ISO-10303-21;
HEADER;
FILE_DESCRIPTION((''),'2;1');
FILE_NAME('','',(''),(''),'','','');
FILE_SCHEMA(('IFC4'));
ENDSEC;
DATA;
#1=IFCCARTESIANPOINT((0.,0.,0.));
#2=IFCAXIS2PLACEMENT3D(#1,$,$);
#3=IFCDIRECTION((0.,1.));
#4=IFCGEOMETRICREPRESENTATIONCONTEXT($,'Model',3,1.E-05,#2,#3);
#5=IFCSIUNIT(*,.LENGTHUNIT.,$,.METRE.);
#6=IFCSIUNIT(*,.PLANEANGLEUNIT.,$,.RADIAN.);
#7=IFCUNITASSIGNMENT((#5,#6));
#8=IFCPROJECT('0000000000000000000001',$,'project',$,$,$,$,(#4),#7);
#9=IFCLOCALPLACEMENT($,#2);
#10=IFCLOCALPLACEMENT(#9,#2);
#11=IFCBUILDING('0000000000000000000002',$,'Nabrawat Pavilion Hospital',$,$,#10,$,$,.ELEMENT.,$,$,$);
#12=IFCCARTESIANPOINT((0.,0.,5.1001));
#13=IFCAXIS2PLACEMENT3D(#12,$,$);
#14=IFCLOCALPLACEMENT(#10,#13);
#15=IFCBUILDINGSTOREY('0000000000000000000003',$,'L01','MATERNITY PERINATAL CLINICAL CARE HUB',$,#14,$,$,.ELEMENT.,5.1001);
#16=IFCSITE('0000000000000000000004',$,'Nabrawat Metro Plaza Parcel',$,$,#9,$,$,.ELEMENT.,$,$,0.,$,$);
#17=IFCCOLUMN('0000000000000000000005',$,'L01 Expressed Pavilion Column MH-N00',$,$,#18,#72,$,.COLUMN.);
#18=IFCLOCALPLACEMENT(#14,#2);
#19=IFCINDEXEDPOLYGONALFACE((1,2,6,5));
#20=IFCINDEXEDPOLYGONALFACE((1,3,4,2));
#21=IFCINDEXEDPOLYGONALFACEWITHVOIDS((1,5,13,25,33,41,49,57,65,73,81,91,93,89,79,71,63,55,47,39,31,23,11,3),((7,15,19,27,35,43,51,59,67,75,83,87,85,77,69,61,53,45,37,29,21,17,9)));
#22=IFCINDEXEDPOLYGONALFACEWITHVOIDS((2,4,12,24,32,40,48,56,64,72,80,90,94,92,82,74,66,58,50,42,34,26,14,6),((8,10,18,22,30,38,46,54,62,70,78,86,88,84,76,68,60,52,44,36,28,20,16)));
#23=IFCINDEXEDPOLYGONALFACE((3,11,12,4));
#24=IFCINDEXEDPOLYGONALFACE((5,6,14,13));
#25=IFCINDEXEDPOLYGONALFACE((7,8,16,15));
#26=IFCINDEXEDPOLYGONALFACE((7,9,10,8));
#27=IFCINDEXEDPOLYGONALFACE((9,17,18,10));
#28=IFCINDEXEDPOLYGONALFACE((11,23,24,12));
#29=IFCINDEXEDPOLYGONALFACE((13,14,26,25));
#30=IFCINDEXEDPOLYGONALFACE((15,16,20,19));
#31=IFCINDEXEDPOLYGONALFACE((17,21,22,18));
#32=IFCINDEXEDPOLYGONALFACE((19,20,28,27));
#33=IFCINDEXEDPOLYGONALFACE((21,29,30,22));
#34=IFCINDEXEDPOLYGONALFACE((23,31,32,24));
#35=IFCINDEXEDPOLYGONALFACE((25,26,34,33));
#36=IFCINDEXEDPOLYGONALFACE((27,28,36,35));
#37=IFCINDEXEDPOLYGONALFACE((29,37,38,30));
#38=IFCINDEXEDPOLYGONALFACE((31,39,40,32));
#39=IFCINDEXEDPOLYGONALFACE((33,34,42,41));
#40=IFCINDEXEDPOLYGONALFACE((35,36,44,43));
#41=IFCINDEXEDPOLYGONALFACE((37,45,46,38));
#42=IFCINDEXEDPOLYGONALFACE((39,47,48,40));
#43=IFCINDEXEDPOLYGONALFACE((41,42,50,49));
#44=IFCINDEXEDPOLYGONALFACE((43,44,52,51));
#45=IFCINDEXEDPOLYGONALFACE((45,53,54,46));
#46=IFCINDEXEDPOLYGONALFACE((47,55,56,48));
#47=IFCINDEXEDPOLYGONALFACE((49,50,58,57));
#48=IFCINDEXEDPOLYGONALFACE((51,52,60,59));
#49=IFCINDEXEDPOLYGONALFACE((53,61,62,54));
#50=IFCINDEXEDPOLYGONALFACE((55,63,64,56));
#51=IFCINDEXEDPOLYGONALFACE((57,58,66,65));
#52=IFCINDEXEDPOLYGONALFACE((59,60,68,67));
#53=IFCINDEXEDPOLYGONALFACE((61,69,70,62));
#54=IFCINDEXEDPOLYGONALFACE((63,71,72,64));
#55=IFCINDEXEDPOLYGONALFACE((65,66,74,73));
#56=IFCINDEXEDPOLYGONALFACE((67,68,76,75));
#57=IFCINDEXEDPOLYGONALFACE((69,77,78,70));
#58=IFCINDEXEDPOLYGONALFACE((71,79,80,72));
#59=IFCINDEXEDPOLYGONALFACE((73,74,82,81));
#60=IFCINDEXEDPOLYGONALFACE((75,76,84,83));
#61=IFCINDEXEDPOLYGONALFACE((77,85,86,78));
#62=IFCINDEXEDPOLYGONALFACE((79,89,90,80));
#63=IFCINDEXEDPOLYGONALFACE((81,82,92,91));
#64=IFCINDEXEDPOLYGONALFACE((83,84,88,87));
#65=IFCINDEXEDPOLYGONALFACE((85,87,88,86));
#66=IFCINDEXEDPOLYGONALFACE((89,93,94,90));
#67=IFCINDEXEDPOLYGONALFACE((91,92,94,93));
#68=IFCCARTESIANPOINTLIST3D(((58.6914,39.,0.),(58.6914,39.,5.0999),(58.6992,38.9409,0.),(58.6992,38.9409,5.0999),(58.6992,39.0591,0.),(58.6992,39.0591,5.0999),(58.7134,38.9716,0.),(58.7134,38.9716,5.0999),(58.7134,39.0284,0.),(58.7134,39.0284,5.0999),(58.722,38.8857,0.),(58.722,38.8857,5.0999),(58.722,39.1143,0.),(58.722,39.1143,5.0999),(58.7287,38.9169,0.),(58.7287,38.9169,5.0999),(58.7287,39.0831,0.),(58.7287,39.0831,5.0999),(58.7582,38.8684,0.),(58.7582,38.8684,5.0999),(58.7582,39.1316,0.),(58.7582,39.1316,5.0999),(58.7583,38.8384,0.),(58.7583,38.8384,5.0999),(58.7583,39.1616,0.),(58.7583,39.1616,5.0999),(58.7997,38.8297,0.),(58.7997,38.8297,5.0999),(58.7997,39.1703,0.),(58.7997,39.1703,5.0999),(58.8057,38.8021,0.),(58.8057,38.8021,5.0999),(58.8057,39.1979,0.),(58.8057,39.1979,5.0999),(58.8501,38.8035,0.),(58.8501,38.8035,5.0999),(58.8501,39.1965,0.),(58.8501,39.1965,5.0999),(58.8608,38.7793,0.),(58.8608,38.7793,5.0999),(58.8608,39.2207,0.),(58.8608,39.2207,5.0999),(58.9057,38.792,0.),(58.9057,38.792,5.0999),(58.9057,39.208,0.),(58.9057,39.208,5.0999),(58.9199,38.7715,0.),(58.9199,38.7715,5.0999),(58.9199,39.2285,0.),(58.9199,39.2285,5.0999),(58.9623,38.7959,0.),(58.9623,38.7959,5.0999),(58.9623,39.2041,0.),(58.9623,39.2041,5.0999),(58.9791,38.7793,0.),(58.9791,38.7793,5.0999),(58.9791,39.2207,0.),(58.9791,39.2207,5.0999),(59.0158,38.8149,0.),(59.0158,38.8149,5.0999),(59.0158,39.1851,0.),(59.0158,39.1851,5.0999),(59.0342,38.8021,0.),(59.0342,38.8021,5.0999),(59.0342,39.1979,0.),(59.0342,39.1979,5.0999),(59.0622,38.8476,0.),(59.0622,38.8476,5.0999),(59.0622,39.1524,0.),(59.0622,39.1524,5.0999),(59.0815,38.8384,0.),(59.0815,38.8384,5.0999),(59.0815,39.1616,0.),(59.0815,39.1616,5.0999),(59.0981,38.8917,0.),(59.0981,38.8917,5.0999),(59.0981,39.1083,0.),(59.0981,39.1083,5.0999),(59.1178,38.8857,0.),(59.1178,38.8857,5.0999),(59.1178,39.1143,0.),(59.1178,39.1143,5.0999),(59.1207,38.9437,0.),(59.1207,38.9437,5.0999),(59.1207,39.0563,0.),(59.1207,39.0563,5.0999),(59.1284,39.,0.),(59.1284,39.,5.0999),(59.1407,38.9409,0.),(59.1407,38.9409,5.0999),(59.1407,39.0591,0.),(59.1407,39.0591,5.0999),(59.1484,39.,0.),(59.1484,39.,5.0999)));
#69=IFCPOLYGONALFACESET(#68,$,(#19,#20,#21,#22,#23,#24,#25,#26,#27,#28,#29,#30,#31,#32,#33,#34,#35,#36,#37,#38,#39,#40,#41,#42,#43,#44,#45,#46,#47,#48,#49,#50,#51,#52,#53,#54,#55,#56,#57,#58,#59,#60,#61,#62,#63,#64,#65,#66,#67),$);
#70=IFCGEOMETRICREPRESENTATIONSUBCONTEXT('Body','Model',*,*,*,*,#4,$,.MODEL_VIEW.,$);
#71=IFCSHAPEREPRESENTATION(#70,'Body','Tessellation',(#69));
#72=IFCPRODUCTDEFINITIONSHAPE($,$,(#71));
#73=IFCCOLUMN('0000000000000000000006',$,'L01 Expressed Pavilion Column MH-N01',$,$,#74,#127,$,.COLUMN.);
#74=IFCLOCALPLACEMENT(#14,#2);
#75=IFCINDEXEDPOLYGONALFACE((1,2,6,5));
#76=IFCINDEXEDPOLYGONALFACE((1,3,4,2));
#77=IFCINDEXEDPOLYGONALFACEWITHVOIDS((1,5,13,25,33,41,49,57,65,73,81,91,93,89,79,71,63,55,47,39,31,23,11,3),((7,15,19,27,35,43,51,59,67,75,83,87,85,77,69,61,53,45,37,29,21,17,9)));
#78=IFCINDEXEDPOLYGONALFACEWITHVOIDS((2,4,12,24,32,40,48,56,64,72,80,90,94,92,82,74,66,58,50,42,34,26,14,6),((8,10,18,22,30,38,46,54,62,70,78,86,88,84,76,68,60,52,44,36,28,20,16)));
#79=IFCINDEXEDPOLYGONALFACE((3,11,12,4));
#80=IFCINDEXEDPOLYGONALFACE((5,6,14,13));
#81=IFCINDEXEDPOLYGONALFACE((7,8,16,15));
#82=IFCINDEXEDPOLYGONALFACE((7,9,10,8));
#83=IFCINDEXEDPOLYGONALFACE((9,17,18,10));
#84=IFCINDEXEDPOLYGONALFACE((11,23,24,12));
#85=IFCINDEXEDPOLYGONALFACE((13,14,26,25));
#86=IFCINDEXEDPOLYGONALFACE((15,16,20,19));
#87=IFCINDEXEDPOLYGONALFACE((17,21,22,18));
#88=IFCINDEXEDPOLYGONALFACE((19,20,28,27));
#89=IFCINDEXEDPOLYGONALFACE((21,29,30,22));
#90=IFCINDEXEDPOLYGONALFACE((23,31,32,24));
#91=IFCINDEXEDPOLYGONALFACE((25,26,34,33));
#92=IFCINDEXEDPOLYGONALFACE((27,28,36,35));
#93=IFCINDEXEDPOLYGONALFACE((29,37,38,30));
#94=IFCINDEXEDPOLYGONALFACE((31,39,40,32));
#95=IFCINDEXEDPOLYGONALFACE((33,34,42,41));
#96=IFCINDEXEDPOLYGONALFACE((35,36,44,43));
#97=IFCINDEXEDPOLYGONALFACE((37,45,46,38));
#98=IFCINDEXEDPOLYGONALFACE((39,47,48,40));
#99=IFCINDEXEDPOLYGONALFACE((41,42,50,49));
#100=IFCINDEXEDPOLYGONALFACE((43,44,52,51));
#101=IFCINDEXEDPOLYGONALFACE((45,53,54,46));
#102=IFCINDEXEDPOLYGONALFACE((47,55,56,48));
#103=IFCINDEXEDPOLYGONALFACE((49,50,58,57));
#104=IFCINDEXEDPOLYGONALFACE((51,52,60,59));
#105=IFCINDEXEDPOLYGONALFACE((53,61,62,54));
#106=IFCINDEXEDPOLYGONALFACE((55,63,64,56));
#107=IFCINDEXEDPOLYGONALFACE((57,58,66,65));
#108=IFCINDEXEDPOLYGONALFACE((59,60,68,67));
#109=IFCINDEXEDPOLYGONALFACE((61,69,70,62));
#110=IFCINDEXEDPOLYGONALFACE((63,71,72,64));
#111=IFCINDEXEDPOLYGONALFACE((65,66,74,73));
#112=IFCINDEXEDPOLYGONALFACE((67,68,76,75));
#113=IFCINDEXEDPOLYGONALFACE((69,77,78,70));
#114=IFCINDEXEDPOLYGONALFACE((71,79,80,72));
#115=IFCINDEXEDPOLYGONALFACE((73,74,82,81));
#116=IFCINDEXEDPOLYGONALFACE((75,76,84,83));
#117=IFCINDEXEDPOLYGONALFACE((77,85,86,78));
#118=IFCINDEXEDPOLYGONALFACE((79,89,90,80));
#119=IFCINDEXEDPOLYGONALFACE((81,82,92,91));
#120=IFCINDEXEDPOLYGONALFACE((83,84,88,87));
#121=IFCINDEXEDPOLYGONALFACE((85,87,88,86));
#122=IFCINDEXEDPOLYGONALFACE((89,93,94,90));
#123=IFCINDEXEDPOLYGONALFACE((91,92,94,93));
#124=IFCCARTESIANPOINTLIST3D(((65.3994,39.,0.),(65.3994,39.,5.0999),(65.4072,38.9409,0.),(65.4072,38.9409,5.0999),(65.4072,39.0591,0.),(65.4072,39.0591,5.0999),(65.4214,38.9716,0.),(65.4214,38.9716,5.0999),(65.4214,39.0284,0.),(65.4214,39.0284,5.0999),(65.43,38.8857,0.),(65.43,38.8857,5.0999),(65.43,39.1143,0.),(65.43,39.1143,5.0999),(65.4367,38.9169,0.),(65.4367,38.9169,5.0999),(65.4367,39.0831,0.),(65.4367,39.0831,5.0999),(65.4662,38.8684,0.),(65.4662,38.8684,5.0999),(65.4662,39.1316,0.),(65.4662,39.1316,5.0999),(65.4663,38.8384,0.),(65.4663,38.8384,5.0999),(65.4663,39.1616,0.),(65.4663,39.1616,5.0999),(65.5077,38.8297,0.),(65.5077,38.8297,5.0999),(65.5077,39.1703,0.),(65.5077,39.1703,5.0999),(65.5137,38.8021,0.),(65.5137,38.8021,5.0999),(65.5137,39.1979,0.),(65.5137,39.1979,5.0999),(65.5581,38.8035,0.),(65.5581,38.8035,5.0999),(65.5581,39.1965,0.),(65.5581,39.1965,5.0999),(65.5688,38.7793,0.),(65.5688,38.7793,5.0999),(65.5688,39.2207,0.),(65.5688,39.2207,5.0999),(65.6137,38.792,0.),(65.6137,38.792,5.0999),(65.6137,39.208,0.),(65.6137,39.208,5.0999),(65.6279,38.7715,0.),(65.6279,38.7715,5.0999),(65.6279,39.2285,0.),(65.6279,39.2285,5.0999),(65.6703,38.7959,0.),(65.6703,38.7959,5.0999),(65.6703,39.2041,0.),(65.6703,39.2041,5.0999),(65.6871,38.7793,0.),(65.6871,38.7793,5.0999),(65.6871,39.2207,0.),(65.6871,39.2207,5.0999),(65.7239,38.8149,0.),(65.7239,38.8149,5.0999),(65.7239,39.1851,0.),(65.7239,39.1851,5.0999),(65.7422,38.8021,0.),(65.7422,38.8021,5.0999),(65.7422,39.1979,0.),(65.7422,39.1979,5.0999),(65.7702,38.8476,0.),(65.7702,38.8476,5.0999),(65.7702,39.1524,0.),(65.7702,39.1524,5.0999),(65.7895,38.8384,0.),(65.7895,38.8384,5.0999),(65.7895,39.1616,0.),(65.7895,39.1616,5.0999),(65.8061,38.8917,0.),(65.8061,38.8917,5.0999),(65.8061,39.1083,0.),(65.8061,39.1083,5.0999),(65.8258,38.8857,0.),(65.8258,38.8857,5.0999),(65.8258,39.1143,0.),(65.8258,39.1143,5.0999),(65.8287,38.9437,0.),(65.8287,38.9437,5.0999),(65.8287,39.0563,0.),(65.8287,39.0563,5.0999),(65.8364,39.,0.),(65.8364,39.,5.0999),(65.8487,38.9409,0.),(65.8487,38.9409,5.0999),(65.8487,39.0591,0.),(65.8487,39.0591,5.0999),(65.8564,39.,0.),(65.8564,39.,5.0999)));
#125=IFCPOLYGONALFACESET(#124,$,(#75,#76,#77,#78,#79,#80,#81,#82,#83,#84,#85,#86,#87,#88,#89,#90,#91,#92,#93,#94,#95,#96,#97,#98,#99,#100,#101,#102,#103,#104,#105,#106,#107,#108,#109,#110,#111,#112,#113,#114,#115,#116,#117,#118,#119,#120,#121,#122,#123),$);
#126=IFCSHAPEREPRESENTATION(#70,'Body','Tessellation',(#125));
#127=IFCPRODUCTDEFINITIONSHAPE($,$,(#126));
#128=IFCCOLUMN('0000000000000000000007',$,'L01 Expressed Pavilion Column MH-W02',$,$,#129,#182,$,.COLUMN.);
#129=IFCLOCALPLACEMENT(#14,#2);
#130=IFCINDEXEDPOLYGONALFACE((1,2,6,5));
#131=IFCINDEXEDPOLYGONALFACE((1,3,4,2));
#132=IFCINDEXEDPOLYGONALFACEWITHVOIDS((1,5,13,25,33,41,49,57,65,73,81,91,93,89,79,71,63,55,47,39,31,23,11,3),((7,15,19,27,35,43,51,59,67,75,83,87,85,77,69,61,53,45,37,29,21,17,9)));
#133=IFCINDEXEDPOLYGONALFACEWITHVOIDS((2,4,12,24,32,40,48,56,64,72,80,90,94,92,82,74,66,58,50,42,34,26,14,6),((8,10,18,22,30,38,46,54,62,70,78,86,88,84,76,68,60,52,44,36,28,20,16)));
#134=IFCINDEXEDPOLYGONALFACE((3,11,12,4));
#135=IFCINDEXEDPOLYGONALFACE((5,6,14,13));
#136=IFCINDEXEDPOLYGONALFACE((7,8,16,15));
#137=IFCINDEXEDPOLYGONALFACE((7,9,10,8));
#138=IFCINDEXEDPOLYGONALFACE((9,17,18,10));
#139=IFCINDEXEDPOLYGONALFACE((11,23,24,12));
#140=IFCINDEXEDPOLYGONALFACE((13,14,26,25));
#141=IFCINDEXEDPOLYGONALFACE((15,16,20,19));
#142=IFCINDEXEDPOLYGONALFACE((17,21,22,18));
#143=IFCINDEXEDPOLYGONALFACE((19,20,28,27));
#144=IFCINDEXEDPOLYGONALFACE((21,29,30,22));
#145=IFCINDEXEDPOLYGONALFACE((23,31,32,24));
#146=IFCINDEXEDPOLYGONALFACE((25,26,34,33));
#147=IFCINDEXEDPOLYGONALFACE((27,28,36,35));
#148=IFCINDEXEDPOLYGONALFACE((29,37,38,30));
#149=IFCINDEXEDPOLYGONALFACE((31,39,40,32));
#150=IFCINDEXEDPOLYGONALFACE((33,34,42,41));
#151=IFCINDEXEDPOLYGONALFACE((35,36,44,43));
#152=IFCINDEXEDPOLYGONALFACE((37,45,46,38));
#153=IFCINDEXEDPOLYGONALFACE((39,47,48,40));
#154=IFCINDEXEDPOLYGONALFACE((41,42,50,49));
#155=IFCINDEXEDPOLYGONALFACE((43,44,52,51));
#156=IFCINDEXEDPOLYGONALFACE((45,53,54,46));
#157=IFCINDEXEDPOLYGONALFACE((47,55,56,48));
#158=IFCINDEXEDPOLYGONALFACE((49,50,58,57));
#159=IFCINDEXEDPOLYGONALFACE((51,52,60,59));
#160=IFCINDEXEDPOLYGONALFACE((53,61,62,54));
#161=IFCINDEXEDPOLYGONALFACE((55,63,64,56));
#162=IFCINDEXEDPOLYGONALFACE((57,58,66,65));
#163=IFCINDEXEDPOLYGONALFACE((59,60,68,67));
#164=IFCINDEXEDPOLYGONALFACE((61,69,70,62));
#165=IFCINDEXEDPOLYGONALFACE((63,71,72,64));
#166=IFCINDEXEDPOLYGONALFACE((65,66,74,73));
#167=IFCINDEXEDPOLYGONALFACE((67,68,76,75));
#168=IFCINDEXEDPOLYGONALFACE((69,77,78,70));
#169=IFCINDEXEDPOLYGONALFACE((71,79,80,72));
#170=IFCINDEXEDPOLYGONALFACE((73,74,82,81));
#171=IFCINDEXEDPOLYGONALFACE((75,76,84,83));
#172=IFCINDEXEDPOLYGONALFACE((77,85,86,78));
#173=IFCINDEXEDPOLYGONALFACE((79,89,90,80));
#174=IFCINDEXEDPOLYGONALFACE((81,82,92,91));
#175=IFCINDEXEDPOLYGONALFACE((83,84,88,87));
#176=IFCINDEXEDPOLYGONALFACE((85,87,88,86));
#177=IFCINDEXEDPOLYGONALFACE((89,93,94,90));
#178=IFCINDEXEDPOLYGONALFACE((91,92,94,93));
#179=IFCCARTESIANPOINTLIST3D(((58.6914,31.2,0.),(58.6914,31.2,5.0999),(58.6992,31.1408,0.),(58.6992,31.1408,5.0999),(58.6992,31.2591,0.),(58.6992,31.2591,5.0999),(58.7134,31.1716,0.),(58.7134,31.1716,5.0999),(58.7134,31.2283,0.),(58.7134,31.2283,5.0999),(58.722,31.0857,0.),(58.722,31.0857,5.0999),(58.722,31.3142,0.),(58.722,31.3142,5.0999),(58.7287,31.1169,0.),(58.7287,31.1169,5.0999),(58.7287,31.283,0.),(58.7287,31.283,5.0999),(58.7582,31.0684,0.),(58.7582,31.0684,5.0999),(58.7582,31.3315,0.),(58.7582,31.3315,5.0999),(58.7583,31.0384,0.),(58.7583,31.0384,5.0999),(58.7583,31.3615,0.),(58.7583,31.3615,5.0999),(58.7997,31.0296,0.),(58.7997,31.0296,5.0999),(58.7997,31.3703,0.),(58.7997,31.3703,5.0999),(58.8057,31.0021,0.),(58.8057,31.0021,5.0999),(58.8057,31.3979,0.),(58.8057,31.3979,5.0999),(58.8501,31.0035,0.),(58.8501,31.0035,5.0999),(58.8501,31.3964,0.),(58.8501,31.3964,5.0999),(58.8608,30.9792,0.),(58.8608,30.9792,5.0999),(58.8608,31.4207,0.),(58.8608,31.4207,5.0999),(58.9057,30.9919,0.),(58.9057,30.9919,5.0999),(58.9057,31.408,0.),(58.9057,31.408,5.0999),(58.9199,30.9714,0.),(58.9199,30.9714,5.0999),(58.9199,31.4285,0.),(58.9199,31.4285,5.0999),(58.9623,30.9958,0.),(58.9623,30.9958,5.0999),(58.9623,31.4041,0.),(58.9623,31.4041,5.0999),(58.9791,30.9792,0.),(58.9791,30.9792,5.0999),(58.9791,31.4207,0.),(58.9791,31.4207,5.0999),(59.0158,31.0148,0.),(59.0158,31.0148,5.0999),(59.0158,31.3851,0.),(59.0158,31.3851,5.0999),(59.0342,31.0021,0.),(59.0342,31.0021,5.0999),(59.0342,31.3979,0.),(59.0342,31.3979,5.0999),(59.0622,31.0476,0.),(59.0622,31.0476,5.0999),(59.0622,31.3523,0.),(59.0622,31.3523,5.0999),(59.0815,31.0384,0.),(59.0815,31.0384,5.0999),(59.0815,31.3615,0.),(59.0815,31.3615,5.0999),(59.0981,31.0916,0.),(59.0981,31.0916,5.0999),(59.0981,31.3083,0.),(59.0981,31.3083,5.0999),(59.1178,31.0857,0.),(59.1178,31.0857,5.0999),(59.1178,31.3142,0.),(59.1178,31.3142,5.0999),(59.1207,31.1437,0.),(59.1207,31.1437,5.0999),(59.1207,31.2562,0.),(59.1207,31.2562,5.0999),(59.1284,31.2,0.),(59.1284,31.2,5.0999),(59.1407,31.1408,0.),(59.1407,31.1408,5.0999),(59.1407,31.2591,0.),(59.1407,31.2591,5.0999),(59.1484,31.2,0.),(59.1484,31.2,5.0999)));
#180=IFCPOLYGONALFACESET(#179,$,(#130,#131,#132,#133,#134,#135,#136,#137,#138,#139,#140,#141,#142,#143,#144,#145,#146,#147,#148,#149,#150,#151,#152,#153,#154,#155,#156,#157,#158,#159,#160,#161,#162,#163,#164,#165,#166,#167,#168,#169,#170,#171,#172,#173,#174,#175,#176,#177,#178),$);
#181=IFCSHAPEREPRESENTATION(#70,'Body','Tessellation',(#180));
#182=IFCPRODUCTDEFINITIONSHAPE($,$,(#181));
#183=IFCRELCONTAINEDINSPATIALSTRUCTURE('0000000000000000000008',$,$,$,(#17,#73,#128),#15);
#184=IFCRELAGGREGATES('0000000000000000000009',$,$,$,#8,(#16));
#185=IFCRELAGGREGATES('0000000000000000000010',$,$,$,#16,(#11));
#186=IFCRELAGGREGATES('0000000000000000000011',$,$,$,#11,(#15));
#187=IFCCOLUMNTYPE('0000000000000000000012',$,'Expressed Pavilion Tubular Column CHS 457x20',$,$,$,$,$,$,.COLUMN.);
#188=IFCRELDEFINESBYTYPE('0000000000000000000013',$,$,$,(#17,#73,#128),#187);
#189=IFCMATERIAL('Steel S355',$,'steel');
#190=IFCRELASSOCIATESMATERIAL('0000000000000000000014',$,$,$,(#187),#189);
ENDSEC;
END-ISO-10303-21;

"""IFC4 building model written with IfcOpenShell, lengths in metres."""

from ifc_helpers import new_model, si_unit, direction, frame, origin, origin_2d, place, context, subcontext, project, spatial, hollow_circle, extrude, material, material_profile, profile_set, type_object, element, save


model = new_model("IFC4")

# Units and contexts
model_context = context("Model", 3, precision=1e-05, world=origin(), true_north=direction((0.0, 1.0)))
body_context = subcontext(model_context, "Body", "Model", "MODEL_VIEW")
ifc_project = project(units=[si_unit("LENGTHUNIT", "METRE"), si_unit("PLANEANGLEUNIT", "RADIAN")], contexts=[model_context])

# Site, building, storey
site_placement = place(None, origin())
site = spatial("IfcSite", under=ifc_project, at=site_placement, Name="Nabrawat Metro Plaza Parcel", CompositionType="ELEMENT", RefElevation=0.0)
building_placement = place(site_placement, origin())
building = spatial("IfcBuilding", under=site, at=building_placement, Name="Nabrawat Pavilion Hospital", CompositionType="ELEMENT")
storey_placement = place(building_placement, frame((0.0, 0.0, 5.1001)))
storey = spatial("IfcBuildingStorey", under=building, at=storey_placement, Name="L01", Description="MATERNITY PERINATAL CLINICAL CARE HUB", CompositionType="ELEMENT", Elevation=5.1001)

# Columns
ifc_material_1 = material(Name="Steel S355", Category="steel")
ifc_material_profile_1 = material_profile(ifc_material_1, hollow_circle(Radius=0.2285, WallThickness=0.02, at=origin_2d()), Name="CHS 457x20")
ifc_profile_set_1 = profile_set([ifc_material_profile_1], Name="Steel S355")
column_type = type_object("IfcColumnType", Name="Expressed Pavilion Tubular Column CHS 457x20", PredefinedType="COLUMN", material=ifc_profile_set_1)
for number, where, z_axis, x_axis, name in (
    (1, (58.9199, 39.0, 0.0), (0.0, 0.0, 1.0), (1.0, 0.0, 0.0), "L01 Expressed Pavilion Column MH-N00"),
    (2, (65.6279, 39.0, 0.0), (0.0, 0.0, 1.0), (1.0, 0.0, 0.0), "L01 Expressed Pavilion Column MH-N01"),
    (3, (58.9199, 31.2, 0.0), (0.0, 0.0, 1.0), (1.0, 0.0, 0.0), "L01 Expressed Pavilion Column MH-W02"),
):
    element("IfcColumn", number, at=place(storey_placement, frame(where, z_axis=z_axis, x_axis=x_axis)), inside=storey, type_object=column_type, Name=name, PredefinedType="COLUMN", context=body_context, shape_type="SweptSolid", body=[
        extrude(hollow_circle(Radius=0.2285, WallThickness=0.02, at=origin_2d()), origin(), (0.0, 0.0, 1.0), 5.0999),
    ])

save(model, "model.ifc")
